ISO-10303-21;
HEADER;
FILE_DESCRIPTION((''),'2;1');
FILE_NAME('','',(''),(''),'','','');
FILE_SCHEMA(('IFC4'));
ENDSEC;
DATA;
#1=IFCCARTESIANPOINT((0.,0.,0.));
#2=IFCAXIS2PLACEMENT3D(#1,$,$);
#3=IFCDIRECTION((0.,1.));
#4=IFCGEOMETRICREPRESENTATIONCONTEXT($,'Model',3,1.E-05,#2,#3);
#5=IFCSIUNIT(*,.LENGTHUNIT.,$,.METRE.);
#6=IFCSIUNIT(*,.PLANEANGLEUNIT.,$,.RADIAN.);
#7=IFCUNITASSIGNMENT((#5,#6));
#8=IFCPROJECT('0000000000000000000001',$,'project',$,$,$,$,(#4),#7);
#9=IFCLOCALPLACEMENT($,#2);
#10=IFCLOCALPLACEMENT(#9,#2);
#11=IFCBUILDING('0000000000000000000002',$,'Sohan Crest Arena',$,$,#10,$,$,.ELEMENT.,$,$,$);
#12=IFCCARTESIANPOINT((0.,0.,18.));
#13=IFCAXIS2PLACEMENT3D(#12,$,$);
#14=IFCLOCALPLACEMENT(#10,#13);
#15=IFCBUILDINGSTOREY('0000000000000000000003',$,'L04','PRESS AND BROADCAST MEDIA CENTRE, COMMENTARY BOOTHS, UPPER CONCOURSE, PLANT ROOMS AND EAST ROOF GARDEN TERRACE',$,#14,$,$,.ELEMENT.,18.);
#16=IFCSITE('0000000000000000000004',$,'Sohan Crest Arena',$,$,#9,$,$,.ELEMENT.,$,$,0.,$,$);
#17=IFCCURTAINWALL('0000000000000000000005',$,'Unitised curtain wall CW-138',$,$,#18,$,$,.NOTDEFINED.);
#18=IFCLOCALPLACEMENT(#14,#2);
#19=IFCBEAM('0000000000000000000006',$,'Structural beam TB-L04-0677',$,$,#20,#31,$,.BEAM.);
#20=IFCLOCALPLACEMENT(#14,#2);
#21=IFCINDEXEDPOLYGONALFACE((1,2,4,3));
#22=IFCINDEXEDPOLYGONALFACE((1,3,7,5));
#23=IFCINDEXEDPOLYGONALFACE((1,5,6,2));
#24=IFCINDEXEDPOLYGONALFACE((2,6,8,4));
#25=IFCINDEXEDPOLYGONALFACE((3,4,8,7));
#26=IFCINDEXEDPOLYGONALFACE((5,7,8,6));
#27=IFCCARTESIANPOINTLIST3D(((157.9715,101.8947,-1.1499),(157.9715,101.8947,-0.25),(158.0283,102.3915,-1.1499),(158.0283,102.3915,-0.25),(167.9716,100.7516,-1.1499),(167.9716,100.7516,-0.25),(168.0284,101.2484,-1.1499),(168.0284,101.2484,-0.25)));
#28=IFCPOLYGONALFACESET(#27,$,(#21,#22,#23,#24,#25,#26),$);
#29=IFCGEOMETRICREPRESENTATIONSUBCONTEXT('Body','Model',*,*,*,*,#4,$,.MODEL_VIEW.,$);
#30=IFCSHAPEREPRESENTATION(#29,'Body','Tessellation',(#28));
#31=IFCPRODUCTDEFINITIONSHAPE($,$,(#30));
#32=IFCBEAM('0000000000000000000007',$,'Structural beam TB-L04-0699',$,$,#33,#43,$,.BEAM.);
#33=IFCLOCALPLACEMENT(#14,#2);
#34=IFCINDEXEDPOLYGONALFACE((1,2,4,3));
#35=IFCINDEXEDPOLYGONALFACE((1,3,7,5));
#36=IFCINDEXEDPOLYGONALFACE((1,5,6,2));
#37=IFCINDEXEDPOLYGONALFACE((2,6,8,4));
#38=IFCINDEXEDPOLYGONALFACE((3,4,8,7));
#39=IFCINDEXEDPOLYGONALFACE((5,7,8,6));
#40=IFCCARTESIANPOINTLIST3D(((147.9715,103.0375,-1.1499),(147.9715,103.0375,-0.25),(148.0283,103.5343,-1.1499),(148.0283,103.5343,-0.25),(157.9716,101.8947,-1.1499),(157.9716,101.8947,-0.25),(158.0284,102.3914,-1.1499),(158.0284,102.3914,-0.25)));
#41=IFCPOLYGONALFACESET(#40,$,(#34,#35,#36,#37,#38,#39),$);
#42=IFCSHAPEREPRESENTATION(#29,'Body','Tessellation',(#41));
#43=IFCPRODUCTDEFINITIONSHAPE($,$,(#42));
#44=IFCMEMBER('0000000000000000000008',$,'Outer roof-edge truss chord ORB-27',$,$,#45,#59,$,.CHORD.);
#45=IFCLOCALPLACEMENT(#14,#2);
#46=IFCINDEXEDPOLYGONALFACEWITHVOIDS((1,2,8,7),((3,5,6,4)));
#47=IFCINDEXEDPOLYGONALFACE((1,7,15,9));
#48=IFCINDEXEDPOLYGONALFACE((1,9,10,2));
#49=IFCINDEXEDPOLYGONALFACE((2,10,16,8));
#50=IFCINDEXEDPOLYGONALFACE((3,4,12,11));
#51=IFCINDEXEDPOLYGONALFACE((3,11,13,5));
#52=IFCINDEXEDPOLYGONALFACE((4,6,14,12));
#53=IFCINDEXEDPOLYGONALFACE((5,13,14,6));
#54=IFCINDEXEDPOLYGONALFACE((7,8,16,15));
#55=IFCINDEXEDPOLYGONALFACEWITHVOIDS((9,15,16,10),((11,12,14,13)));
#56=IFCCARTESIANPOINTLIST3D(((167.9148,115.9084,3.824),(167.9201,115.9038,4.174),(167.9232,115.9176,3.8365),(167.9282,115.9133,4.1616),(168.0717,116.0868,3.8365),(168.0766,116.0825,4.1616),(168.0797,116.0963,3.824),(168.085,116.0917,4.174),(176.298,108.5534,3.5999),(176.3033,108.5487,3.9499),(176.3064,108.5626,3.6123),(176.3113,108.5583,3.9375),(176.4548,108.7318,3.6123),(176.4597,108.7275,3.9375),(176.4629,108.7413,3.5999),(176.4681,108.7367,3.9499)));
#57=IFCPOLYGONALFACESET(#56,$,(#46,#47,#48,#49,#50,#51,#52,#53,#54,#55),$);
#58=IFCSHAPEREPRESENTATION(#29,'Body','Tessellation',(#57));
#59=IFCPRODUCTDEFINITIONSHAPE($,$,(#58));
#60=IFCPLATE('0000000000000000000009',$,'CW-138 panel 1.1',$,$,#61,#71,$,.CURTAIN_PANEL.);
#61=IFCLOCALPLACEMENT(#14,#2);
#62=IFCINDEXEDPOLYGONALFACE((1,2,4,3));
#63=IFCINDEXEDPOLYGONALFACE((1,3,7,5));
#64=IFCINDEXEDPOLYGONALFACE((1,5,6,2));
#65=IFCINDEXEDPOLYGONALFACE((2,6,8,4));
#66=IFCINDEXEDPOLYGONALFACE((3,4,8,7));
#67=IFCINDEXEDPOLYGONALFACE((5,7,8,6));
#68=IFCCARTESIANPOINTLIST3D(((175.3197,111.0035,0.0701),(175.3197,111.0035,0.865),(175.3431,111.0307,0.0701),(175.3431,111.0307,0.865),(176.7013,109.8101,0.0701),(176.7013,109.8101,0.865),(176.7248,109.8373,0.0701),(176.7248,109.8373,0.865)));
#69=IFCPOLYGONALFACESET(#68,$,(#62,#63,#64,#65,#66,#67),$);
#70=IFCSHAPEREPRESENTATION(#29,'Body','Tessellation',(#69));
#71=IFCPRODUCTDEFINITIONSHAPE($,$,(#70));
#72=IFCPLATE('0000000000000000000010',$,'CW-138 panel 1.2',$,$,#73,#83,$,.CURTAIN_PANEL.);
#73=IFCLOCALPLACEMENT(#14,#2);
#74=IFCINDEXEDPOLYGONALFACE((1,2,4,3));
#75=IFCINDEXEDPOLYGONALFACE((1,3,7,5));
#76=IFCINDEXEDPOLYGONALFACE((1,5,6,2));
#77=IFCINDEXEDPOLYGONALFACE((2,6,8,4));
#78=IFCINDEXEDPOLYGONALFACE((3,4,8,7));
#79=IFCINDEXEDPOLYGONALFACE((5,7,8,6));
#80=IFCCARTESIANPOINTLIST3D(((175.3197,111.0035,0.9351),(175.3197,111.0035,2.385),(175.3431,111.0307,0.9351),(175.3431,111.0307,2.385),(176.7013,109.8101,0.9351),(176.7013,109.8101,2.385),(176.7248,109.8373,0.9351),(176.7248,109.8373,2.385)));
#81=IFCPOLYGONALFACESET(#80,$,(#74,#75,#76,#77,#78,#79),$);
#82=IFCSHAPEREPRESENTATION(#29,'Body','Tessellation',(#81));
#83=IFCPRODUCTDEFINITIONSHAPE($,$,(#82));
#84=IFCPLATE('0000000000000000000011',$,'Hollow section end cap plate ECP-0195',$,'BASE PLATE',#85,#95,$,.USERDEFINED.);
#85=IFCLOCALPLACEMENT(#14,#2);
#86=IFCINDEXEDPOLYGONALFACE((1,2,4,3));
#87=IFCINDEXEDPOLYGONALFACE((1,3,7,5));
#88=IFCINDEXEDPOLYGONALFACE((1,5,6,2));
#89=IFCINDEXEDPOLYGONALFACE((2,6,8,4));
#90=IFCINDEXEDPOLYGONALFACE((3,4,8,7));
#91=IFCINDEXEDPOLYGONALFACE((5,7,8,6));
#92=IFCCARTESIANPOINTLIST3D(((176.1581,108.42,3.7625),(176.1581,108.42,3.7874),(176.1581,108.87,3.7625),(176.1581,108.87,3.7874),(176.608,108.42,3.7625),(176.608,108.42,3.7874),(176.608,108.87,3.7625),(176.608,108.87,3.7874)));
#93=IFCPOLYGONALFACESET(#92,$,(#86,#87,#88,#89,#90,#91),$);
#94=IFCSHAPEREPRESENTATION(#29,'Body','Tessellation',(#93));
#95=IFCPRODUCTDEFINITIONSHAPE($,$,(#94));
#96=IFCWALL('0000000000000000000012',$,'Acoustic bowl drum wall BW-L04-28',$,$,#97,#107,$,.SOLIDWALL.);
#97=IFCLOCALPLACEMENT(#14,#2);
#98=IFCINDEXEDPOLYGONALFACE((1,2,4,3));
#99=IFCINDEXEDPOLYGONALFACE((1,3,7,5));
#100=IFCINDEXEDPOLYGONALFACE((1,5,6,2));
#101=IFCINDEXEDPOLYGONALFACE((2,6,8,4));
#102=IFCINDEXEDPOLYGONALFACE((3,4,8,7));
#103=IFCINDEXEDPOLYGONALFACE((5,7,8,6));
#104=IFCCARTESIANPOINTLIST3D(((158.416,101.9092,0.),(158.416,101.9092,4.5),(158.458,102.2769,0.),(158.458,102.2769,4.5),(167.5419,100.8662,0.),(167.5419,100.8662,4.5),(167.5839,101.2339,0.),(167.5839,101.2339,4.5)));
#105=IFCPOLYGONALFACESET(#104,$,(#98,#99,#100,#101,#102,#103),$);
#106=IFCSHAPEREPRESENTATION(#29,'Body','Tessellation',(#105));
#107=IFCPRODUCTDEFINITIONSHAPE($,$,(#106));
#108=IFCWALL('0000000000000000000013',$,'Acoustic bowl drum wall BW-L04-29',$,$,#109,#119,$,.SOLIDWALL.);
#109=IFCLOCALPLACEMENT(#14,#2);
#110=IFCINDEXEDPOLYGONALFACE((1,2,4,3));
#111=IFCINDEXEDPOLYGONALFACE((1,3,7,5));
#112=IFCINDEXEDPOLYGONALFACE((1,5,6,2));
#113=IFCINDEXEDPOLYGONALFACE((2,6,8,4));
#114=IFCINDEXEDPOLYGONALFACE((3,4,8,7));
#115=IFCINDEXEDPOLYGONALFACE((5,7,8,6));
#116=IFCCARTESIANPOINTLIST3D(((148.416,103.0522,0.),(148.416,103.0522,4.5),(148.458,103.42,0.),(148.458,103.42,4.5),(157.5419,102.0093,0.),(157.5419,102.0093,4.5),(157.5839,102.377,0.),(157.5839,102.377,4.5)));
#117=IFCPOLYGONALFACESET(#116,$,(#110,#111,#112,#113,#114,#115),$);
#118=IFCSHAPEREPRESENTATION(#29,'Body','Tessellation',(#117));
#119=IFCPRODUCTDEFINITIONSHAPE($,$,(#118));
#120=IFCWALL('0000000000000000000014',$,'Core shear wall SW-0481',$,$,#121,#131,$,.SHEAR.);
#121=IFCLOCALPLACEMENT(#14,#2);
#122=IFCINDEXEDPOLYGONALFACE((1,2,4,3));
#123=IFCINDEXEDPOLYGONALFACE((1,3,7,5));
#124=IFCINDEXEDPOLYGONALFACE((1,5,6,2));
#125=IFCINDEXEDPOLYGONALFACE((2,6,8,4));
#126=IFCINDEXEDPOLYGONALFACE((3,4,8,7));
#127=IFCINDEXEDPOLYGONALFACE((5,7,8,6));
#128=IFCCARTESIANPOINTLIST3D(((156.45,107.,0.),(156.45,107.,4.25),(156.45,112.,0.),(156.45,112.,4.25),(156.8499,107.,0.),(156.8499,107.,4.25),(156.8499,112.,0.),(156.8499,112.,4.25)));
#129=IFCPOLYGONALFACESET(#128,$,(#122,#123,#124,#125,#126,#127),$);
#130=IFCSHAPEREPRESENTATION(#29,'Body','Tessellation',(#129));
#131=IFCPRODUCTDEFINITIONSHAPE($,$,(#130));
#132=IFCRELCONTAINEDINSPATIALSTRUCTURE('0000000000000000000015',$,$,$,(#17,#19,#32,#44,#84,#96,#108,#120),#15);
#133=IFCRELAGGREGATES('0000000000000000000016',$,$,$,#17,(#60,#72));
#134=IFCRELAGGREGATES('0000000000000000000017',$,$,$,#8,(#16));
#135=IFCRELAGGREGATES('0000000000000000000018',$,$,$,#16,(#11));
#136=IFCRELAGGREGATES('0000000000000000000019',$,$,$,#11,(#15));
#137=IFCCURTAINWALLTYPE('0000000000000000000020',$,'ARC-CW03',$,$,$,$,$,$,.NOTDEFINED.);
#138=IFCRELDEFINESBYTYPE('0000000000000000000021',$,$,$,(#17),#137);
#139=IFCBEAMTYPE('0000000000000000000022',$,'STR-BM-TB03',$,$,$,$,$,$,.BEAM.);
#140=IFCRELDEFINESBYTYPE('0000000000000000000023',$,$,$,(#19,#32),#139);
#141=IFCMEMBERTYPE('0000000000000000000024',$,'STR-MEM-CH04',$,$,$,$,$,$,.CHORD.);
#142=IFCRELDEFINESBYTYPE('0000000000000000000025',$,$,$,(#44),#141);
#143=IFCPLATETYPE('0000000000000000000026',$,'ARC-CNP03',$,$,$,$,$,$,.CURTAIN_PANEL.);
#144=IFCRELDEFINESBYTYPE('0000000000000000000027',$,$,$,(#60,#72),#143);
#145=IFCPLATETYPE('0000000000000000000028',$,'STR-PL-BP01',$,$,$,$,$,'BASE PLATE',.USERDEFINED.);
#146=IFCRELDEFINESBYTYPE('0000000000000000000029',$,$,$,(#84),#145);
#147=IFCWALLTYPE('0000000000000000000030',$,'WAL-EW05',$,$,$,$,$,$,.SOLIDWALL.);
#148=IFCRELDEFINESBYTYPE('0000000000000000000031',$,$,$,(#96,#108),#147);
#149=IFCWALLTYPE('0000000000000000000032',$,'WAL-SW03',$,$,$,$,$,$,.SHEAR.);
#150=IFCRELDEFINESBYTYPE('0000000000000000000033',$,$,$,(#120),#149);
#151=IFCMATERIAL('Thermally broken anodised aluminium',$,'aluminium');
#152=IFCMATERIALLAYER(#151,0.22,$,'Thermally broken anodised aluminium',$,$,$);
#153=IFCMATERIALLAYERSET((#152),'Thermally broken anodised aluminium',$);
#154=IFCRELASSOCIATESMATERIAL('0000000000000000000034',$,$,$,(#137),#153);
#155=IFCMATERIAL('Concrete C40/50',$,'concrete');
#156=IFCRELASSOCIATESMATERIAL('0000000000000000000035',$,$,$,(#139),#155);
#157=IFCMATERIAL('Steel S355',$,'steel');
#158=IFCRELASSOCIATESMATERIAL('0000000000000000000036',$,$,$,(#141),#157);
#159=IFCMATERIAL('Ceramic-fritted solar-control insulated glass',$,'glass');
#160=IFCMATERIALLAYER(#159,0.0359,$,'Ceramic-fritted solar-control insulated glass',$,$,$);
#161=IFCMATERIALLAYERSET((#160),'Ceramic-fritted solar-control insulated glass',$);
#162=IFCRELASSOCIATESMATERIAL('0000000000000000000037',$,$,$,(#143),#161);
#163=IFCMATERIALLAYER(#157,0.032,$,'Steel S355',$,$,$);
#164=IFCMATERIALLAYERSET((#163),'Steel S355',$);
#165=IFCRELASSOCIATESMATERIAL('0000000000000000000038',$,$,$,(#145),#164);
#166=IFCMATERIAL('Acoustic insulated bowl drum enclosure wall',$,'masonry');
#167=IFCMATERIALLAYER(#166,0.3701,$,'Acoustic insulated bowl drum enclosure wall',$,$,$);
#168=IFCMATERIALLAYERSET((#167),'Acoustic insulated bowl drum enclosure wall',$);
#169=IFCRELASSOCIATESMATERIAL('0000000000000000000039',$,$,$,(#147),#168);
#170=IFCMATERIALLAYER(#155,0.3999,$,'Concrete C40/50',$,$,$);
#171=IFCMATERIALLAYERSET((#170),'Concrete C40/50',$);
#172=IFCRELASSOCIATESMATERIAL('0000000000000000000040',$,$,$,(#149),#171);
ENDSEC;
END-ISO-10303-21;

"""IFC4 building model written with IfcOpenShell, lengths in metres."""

from ifc_helpers import new_model, si_unit, direction, frame, frame_2d, origin, origin_2d, place, context, subcontext, project, spatial, rectangle, hollow_rectangle, extrude, material, layer, layer_set, material_profile, profile_set, type_object, element, aggregate, save


model = new_model("IFC4")

# Units and contexts
model_context = context("Model", 3, precision=1e-05, world=origin(), true_north=direction((0.0, 1.0)))
body_context = subcontext(model_context, "Body", "Model", "MODEL_VIEW")
ifc_project = project(units=[si_unit("LENGTHUNIT", "METRE"), si_unit("PLANEANGLEUNIT", "RADIAN")], contexts=[model_context])

# Site, building, storey
site_placement = place(None, origin())
site = spatial("IfcSite", under=ifc_project, at=site_placement, Name="Sohan Crest Arena", CompositionType="ELEMENT", RefElevation=0.0)
building_placement = place(site_placement, origin())
building = spatial("IfcBuilding", under=site, at=building_placement, Name="Sohan Crest Arena", CompositionType="ELEMENT")
storey_placement = place(building_placement, frame((0.0, 0.0, 18.0)))
storey = spatial("IfcBuildingStorey", under=building, at=storey_placement, Name="L04", Description="PRESS AND BROADCAST MEDIA CENTRE, COMMENTARY BOOTHS, UPPER CONCOURSE, PLANT ROOMS AND EAST ROOF GARDEN TERRACE", CompositionType="ELEMENT", Elevation=18.0)

# Shared definitions
ifc_material_1 = material(Name="Concrete C40/50", Category="concrete")
ifc_material_2 = material(Name="Steel S355", Category="steel")

# Curtain wall
ifc_material_3 = material(Name="Thermally broken anodised aluminium", Category="aluminium")
ifc_layer_1 = layer(ifc_material_3, 0.22, Name="Thermally broken anodised aluminium")
ifc_layer_set_1 = layer_set([ifc_layer_1], Name="Thermally broken anodised aluminium")
curtain_wall_type = type_object("IfcCurtainWallType", Name="ARC-CW03", PredefinedType="NOTDEFINED", material=ifc_layer_set_1)
curtain_wall_placement = place(storey_placement, origin())
curtain_wall = element("IfcCurtainWall", 1, at=curtain_wall_placement, inside=storey, type_object=curtain_wall_type, Name="Unitised curtain wall CW-138", PredefinedType="NOTDEFINED")

# Beams
ifc_material_profile_1 = material_profile(ifc_material_1, rectangle(XDim=0.5, YDim=0.8999, at=origin_2d()), Name="RC-BM 500x900")
ifc_profile_set_1 = profile_set([ifc_material_profile_1], Name="Concrete C40/50")
beam_type_1 = type_object("IfcBeamType", Name="STR-BM-TB03", PredefinedType="BEAM", material=ifc_profile_set_1)
for number, where, z_axis, x_axis, name in (
    (2, (168.0, 101.0, -0.7), (-0.99353, 0.113567, 0.0), (-0.113567, -0.99353, 0.0), "Structural beam TB-L04-0677"),
    (3, (158.0, 102.1431, -0.7), (-0.993533, 0.113543, 0.0), (-0.113543, -0.993533, 0.0), "Structural beam TB-L04-0699"),
):
    element("IfcBeam", number, at=place(storey_placement, frame(where, z_axis=z_axis, x_axis=x_axis)), inside=storey, type_object=beam_type_1, Name=name, PredefinedType="BEAM", context=body_context, shape_type="SweptSolid", body=[
        extrude(rectangle(XDim=0.5, YDim=0.8999, at=origin_2d()), origin(), (0.0, 0.0, 1.0), 10.0652),
    ])

# Member
ifc_material_profile_2 = material_profile(ifc_material_2, hollow_rectangle(XDim=0.25, YDim=0.3501, WallThickness=0.0125, at=origin_2d()), Name="RHS 350x250x12.5")
ifc_profile_set_2 = profile_set([ifc_material_profile_2], Name="Steel S355")
member_type_1 = type_object("IfcMemberType", Name="STR-MEM-CH04", PredefinedType="CHORD", material=ifc_profile_set_2)
member_1_placement = place(storey_placement, frame((176.3831, 108.645, 3.7749), z_axis=(-0.751544, 0.659377, 0.020093), x_axis=(-0.65951, -0.751696, 0.0)))
element("IfcMember", 4, at=member_1_placement, inside=storey, type_object=member_type_1, Name="Outer roof-edge truss chord ORB-27", PredefinedType="CHORD", context=body_context, shape_type="SweptSolid", body=[
    extrude(hollow_rectangle(XDim=0.25, YDim=0.3501, WallThickness=0.0125, at=origin_2d()), origin(), (0.0, 0.0, 1.0), 11.1545),
])

# Plates
ifc_material_4 = material(Name="Ceramic-fritted solar-control insulated glass", Category="glass")
ifc_layer_2 = layer(ifc_material_4, 0.0359, Name="Ceramic-fritted solar-control insulated glass")
ifc_layer_set_2 = layer_set([ifc_layer_2], Name="Ceramic-fritted solar-control insulated glass")
plate_type_1 = type_object("IfcPlateType", Name="ARC-CNP03", PredefinedType="CURTAIN_PANEL", material=ifc_layer_set_2)
plate_1_placement = place(storey_placement, frame((176.0222, 110.4204, 0.0701), z_axis=(0.0, 0.0, 1.0), x_axis=(-0.756765, 0.653687, 0.0)))
plate_1 = element("IfcPlate", 5, at=plate_1_placement, type_object=plate_type_1, Name="CW-138 panel 1.1", PredefinedType="CURTAIN_PANEL", context=body_context, shape_type="SweptSolid", body=[
    extrude(rectangle(XDim=1.8257, YDim=0.0359, at=origin_2d()), origin(), (0.0, 0.0, 1.0), 0.7949),
])
plate_2_placement = place(storey_placement, frame((176.0222, 110.4204, 0.9351), z_axis=(0.0, 0.0, 1.0), x_axis=(-0.756765, 0.653687, 0.0)))
plate_2 = element("IfcPlate", 6, at=plate_2_placement, type_object=plate_type_1, Name="CW-138 panel 1.2", PredefinedType="CURTAIN_PANEL", context=body_context, shape_type="SweptSolid", body=[
    extrude(rectangle(XDim=1.8257, YDim=0.0359, at=origin_2d()), origin(), (0.0, 0.0, 1.0), 1.45),
])
aggregate(curtain_wall, [plate_1, plate_2])
ifc_layer_3 = layer(ifc_material_2, 0.032, Name="Steel S355")
ifc_layer_set_3 = layer_set([ifc_layer_3], Name="Steel S355")
plate_type_2 = type_object("IfcPlateType", Name="STR-PL-BP01", ElementType="BASE PLATE", PredefinedType="USERDEFINED", material=ifc_layer_set_3)
plate_3_placement = place(storey_placement, frame((176.3831, 108.645, 3.7625), z_axis=(0.0, 0.0, 1.0), x_axis=(1.0, 0.0, 0.0)))
element("IfcPlate", 7, at=plate_3_placement, inside=storey, type_object=plate_type_2, Name="Hollow section end cap plate ECP-0195", ObjectType="BASE PLATE", PredefinedType="USERDEFINED", context=body_context, shape_type="SweptSolid", body=[
    extrude(rectangle(XDim=0.45, YDim=0.45, at=origin_2d()), origin(), (0.0, 0.0, 1.0), 0.0249),
])

# Walls
ifc_material_5 = material(Name="Acoustic insulated bowl drum enclosure wall", Category="masonry")
ifc_layer_4 = layer(ifc_material_5, 0.3701, Name="Acoustic insulated bowl drum enclosure wall")
ifc_layer_set_4 = layer_set([ifc_layer_4], Name="Acoustic insulated bowl drum enclosure wall")
wall_type_1 = type_object("IfcWallType", Name="WAL-EW05", PredefinedType="SOLIDWALL", material=ifc_layer_set_4)
for number, where, z_axis, x_axis, name in (
    (8, (167.563, 101.05, 0.0), (0.0, 0.0, 1.0), (-0.993533, 0.113547, 0.0), "Acoustic bowl drum wall BW-L04-28"),
    (9, (157.563, 102.1931, 0.0), (0.0, 0.0, 1.0), (-0.993533, 0.113547, 0.0), "Acoustic bowl drum wall BW-L04-29"),
):
    element("IfcWall", number, at=place(storey_placement, frame(where, z_axis=z_axis, x_axis=x_axis)), inside=storey, type_object=wall_type_1, Name=name, PredefinedType="SOLIDWALL", context=body_context, shape_type="SweptSolid", body=[
        extrude(rectangle(XDim=9.1853, YDim=0.3701, at=frame_2d((4.5928, 0.0))), origin(), (0.0, 0.0, 1.0), 4.5),
    ])
ifc_layer_5 = layer(ifc_material_1, 0.3999, Name="Concrete C40/50")
ifc_layer_set_5 = layer_set([ifc_layer_5], Name="Concrete C40/50")
wall_type_2 = type_object("IfcWallType", Name="WAL-SW03", PredefinedType="SHEAR", material=ifc_layer_set_5)
wall_placement = place(storey_placement, frame((156.6499, 107.0, 0.0), z_axis=(0.0, 0.0, 1.0), x_axis=(0.0, 1.0, 0.0)))
element("IfcWall", 10, at=wall_placement, inside=storey, type_object=wall_type_2, Name="Core shear wall SW-0481", PredefinedType="SHEAR", context=body_context, shape_type="SweptSolid", body=[
    extrude(rectangle(XDim=5.0, YDim=0.3999, at=frame_2d((2.5, 0.0))), origin(), (0.0, 0.0, 1.0), 4.25),
])

save(model, "model.ifc")
